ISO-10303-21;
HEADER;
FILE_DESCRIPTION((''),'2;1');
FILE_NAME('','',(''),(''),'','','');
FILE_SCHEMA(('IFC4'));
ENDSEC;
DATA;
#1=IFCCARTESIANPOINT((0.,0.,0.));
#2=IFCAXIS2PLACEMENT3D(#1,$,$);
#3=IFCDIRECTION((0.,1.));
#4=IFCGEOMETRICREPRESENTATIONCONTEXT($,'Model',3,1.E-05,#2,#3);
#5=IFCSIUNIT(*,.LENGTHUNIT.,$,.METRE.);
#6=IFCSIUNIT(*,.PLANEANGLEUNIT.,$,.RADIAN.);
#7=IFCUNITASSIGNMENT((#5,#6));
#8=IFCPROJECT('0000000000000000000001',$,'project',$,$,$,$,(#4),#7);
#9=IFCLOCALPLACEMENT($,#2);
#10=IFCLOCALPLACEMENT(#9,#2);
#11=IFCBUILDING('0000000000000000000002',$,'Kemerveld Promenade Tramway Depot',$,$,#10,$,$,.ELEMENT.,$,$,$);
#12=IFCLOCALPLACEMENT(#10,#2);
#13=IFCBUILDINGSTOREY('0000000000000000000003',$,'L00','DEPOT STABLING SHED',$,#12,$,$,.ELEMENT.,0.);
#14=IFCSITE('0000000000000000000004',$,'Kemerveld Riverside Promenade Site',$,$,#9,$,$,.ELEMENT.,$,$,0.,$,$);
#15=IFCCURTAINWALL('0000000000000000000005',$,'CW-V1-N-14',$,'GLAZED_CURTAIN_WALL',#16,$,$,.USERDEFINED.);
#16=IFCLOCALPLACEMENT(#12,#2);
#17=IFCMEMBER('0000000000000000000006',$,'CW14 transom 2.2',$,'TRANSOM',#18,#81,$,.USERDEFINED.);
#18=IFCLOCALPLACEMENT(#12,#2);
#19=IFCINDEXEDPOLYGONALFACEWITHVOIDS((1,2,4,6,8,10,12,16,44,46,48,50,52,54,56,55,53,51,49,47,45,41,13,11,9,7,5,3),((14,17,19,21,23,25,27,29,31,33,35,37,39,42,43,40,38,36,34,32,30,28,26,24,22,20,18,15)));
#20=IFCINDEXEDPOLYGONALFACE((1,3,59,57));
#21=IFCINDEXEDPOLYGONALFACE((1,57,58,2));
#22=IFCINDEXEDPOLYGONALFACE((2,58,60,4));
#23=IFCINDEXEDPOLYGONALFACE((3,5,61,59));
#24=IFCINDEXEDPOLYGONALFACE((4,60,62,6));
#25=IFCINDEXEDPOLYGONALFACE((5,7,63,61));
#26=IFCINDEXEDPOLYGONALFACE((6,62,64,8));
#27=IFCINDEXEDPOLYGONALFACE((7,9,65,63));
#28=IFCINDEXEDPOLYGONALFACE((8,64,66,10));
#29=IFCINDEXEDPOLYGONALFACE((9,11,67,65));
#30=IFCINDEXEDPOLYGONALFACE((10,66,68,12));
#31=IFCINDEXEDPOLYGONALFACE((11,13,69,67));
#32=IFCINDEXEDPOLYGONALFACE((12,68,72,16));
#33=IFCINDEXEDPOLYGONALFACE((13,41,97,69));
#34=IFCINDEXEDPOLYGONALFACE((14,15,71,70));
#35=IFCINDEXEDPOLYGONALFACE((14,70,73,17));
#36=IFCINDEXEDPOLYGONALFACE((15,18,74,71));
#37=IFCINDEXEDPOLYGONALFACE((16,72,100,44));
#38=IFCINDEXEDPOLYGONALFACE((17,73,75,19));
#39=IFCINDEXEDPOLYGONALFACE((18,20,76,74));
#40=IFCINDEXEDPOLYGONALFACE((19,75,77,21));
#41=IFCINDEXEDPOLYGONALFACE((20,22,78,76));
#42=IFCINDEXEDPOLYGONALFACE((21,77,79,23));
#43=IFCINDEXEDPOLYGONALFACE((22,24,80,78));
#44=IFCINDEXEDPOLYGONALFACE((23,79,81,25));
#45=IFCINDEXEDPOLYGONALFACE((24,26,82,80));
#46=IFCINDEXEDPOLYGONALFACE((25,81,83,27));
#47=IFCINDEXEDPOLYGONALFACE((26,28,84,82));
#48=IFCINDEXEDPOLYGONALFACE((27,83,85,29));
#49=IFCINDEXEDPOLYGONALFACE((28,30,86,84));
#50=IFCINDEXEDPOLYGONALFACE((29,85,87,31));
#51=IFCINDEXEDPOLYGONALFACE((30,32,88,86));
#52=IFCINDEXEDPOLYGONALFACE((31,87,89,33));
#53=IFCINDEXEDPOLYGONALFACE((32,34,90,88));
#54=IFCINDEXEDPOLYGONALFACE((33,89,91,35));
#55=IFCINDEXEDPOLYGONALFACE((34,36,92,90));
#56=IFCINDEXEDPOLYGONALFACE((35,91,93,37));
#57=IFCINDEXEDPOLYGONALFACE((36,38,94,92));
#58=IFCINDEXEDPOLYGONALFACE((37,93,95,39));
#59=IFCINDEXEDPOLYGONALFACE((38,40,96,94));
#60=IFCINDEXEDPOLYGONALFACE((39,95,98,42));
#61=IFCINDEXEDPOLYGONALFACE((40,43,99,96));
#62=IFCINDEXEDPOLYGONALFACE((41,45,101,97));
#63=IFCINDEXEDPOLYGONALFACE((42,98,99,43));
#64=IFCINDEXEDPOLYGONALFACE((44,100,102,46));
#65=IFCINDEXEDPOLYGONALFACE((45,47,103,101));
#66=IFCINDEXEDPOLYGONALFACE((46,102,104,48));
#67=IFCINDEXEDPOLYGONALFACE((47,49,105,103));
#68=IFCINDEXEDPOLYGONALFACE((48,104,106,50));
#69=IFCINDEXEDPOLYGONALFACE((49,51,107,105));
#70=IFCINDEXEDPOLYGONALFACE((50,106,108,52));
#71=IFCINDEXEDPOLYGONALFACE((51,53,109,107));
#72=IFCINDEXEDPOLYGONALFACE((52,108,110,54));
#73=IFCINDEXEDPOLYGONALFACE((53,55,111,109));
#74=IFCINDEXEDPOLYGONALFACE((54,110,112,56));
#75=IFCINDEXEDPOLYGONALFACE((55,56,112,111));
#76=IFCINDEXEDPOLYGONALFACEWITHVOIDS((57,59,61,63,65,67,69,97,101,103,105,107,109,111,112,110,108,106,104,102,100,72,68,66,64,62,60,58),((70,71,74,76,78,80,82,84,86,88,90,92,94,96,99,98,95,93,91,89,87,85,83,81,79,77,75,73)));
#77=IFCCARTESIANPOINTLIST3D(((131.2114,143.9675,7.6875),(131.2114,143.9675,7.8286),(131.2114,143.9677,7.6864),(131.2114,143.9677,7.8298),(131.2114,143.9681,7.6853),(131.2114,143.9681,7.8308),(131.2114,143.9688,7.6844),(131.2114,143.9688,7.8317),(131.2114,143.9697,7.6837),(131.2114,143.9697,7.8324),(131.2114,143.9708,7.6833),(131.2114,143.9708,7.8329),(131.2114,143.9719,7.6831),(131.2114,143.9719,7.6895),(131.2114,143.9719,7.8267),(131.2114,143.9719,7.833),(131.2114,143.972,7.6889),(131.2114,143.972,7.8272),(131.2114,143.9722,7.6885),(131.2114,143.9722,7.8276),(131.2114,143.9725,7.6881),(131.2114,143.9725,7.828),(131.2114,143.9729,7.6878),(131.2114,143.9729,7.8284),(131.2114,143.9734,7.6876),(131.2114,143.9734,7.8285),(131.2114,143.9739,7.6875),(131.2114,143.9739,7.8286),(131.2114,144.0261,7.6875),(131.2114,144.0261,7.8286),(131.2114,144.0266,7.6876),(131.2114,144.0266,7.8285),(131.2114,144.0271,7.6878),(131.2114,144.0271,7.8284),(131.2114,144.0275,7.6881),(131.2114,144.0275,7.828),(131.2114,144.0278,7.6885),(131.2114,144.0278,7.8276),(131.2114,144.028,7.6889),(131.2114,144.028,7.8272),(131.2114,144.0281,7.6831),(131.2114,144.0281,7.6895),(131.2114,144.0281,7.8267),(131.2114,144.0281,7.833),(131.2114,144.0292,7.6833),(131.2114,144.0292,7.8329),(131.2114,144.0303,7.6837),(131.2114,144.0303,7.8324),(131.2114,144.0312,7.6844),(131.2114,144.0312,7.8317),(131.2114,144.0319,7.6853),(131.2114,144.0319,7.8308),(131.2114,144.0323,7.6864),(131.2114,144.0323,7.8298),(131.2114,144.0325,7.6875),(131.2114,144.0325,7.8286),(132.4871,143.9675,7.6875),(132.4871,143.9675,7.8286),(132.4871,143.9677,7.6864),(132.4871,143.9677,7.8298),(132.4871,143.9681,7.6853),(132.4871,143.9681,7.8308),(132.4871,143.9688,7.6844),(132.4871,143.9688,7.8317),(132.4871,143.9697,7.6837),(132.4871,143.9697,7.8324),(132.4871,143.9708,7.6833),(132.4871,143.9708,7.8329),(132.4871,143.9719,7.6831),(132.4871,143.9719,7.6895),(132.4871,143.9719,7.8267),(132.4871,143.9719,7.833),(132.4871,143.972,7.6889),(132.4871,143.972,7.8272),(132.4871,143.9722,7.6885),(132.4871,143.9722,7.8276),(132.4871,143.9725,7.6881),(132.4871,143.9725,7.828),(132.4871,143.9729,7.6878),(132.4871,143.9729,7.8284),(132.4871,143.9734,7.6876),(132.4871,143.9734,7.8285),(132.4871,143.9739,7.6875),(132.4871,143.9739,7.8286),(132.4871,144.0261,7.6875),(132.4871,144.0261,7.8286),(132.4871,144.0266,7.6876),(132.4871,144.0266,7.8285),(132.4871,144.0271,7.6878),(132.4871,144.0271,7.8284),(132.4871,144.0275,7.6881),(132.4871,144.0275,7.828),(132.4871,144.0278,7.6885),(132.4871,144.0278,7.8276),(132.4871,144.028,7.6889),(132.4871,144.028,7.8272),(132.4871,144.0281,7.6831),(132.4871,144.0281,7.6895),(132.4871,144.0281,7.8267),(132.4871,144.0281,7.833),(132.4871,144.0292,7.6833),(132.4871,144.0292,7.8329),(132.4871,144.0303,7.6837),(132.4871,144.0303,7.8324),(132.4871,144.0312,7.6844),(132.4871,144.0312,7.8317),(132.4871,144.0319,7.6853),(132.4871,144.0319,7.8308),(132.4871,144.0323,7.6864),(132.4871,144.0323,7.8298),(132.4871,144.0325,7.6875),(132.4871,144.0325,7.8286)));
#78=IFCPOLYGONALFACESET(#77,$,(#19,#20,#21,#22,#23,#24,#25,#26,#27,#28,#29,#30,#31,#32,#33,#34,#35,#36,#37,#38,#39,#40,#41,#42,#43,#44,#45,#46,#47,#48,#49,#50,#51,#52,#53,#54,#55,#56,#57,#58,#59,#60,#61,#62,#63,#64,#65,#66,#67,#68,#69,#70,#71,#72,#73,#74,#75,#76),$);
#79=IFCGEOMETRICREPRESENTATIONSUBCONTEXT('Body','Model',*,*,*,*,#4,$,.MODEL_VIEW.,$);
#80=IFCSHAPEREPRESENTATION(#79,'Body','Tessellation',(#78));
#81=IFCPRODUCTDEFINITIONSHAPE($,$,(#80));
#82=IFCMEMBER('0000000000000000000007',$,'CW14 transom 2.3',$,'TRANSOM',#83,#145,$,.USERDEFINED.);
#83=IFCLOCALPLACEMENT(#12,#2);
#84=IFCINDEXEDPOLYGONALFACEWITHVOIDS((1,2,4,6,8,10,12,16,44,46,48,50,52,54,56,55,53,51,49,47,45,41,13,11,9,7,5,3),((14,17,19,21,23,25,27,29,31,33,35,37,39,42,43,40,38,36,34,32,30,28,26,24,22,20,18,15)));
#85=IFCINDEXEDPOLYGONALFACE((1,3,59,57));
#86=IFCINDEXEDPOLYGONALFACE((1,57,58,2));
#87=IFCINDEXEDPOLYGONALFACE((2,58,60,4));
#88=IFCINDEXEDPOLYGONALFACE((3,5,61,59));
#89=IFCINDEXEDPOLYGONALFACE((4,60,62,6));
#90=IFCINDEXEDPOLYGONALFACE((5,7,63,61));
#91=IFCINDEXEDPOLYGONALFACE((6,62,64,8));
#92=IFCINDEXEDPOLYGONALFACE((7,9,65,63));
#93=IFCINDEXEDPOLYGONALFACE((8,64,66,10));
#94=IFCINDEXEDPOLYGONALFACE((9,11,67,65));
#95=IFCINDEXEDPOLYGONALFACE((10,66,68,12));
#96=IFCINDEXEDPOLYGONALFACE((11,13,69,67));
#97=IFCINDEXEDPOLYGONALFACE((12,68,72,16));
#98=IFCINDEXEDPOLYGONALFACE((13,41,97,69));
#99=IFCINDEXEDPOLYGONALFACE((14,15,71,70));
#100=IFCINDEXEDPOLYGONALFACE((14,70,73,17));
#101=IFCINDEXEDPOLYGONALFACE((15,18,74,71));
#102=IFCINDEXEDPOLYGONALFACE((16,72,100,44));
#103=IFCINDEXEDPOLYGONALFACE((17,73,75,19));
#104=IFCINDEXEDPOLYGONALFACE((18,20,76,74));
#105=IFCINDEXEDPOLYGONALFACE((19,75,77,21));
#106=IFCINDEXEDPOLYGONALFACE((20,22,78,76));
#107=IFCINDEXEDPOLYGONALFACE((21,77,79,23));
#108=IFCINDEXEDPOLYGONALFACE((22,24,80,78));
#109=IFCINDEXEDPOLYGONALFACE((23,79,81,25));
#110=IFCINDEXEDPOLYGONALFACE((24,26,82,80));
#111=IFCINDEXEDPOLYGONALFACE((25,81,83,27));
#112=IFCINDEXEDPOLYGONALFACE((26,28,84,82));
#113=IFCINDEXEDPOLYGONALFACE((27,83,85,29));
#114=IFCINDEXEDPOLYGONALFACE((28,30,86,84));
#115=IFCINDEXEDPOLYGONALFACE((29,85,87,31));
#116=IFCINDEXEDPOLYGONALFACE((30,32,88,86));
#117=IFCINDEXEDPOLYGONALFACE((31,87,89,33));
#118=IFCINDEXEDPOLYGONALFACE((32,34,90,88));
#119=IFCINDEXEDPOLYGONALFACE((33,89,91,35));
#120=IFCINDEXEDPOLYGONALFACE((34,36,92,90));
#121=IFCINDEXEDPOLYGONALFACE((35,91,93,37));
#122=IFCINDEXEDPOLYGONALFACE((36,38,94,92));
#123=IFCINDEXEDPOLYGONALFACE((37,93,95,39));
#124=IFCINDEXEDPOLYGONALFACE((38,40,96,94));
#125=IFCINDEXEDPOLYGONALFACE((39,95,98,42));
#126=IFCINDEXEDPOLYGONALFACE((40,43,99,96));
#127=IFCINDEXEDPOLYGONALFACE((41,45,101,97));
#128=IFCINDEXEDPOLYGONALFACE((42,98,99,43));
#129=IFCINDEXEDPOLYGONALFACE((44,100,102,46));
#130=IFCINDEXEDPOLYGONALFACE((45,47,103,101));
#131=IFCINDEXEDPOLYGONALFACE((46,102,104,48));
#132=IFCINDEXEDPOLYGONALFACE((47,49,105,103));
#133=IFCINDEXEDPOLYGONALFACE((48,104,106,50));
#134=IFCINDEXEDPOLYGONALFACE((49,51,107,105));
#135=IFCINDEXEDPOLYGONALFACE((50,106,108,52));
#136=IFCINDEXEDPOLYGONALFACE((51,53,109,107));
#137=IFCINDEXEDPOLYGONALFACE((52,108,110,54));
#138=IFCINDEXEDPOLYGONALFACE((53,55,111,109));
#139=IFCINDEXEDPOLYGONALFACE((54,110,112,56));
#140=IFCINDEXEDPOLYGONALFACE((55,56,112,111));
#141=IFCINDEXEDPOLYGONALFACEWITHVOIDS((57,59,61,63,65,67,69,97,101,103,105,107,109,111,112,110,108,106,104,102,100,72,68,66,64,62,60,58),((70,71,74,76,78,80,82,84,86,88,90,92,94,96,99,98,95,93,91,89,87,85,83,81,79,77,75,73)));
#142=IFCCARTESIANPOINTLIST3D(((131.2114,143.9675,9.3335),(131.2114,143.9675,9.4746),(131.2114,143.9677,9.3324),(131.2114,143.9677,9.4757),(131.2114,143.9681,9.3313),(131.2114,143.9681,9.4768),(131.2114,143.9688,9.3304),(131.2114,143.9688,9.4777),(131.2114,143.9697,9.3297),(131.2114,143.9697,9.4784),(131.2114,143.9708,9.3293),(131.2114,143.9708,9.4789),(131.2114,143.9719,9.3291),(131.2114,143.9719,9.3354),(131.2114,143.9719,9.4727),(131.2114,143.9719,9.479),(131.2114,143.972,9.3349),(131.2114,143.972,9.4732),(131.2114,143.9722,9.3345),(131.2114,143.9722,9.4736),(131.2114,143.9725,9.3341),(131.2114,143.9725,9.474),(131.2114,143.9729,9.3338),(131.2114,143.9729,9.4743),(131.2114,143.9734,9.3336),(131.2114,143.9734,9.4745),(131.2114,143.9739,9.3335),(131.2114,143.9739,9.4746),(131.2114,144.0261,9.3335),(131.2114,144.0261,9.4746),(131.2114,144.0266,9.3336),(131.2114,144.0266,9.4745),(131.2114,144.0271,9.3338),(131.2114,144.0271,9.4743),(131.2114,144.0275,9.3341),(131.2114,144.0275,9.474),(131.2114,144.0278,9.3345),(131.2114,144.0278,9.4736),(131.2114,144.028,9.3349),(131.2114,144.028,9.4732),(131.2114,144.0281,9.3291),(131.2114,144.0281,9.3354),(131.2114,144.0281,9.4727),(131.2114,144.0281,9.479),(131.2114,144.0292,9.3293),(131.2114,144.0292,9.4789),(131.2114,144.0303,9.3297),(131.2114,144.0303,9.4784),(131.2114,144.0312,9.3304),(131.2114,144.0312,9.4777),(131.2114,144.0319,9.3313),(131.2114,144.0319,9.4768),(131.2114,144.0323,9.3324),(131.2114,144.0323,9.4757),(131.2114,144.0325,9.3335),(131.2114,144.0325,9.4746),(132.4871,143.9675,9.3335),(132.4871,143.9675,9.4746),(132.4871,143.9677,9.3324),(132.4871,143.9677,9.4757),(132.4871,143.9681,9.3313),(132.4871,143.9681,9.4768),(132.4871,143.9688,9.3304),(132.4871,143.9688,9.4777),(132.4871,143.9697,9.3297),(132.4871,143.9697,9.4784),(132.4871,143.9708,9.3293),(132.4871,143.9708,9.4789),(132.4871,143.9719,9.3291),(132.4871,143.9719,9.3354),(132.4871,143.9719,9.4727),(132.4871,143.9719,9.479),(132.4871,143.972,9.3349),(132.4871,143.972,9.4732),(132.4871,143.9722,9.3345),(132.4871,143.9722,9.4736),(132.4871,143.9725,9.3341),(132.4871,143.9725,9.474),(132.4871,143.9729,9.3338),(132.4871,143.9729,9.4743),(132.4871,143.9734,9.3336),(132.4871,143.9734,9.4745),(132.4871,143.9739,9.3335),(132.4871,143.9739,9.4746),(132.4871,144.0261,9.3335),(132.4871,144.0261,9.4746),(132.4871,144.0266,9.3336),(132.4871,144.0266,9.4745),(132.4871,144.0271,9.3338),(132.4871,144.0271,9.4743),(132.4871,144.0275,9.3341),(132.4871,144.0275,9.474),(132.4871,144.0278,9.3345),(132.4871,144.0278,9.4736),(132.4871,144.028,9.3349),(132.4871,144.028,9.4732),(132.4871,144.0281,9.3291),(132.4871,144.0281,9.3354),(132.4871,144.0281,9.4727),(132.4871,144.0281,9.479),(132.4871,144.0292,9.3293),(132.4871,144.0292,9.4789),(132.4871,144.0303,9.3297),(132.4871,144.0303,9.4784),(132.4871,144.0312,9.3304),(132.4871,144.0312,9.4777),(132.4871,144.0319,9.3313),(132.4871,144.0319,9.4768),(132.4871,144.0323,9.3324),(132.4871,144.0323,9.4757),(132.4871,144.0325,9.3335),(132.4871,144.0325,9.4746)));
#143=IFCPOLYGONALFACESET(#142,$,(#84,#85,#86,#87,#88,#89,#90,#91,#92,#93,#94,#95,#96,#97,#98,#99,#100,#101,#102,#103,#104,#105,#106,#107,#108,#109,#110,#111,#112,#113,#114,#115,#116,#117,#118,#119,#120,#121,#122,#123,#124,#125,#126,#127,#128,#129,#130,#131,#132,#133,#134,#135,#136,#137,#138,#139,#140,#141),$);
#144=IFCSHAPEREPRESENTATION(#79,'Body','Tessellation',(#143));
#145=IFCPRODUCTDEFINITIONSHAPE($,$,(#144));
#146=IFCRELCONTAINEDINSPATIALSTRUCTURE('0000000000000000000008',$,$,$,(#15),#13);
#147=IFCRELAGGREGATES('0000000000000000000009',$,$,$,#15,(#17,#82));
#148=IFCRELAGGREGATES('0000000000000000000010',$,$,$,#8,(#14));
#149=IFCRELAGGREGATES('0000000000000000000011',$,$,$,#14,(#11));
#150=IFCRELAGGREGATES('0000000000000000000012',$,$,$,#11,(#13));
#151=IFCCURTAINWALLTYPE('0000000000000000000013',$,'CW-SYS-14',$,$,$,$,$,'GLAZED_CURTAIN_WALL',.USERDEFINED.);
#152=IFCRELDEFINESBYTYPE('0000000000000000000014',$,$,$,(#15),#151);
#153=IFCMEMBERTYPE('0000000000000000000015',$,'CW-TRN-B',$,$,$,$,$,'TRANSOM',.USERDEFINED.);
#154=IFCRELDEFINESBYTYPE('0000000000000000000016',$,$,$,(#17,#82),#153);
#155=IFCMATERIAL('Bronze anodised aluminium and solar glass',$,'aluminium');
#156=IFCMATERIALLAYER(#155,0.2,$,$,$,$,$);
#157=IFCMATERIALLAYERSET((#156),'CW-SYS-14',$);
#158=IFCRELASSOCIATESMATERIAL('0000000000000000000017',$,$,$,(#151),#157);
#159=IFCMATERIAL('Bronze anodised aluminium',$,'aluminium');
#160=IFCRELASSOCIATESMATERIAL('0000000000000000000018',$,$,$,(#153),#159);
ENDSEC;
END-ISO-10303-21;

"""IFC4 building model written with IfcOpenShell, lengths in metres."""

from ifc_helpers import new_model, si_unit, direction, frame, origin, origin_2d, place, context, subcontext, project, spatial, hollow_rectangle, extrude, material, layer, layer_set, material_profile, profile_set, type_object, element, aggregate, save


model = new_model("IFC4")

# Units and contexts
model_context = context("Model", 3, precision=1e-05, world=origin(), true_north=direction((0.0, 1.0)))
body_context = subcontext(model_context, "Body", "Model", "MODEL_VIEW")
ifc_project = project(units=[si_unit("LENGTHUNIT", "METRE"), si_unit("PLANEANGLEUNIT", "RADIAN")], contexts=[model_context])

# Site, building, storey
site_placement = place(None, origin())
site = spatial("IfcSite", under=ifc_project, at=site_placement, Name="Kemerveld Riverside Promenade Site", CompositionType="ELEMENT", RefElevation=0.0)
building_placement = place(site_placement, origin())
building = spatial("IfcBuilding", under=site, at=building_placement, Name="Kemerveld Promenade Tramway Depot", CompositionType="ELEMENT")
storey_placement = place(building_placement, origin())
storey = spatial("IfcBuildingStorey", under=building, at=storey_placement, Name="L00", Description="DEPOT STABLING SHED", CompositionType="ELEMENT", Elevation=0.0)

# Curtain wall, members
ifc_material_1 = material(Name="Bronze anodised aluminium and solar glass", Category="aluminium")
ifc_layer_1 = layer(ifc_material_1, 0.2)
ifc_layer_set_1 = layer_set([ifc_layer_1], Name="CW-SYS-14")
curtain_wall_type = type_object("IfcCurtainWallType", Name="CW-SYS-14", ElementType="GLAZED_CURTAIN_WALL", PredefinedType="USERDEFINED", material=ifc_layer_set_1)
curtain_wall_placement = place(storey_placement, origin())
curtain_wall = element("IfcCurtainWall", 1, at=curtain_wall_placement, inside=storey, type_object=curtain_wall_type, Name="CW-V1-N-14", ObjectType="GLAZED_CURTAIN_WALL", PredefinedType="USERDEFINED")
ifc_material_2 = material(Name="Bronze anodised aluminium", Category="aluminium")
ifc_material_profile_1 = material_profile(ifc_material_2, hollow_rectangle(XDim=0.0649, YDim=0.1499, WallThickness=0.0044, InnerFilletRadius=0.002, OuterFilletRadius=0.0044, at=origin_2d()), Name="CW-TRN-150x65")
ifc_profile_set_1 = profile_set([ifc_material_profile_1], Name="Bronze anodised aluminium")
member_type_1 = type_object("IfcMemberType", Name="CW-TRN-B", ElementType="TRANSOM", PredefinedType="USERDEFINED", material=ifc_profile_set_1)
member_1_placement = place(storey_placement, frame((131.2114, 144.0, 7.7581), z_axis=(1.0, 0.0, 0.0), x_axis=(0.0, 1.0, 0.0)))
member_1 = element("IfcMember", 2, at=member_1_placement, type_object=member_type_1, Name="CW14 transom 2.2", ObjectType="TRANSOM", PredefinedType="USERDEFINED", context=body_context, shape_type="SweptSolid", body=[
    extrude(hollow_rectangle(XDim=0.0649, YDim=0.1499, WallThickness=0.0044, InnerFilletRadius=0.002, OuterFilletRadius=0.0044, at=origin_2d()), origin(), (0.0, 0.0, 1.0), 1.2756),
])
member_2_placement = place(storey_placement, frame((131.2114, 144.0, 9.4041), z_axis=(1.0, 0.0, 0.0), x_axis=(0.0, 1.0, 0.0)))
member_2 = element("IfcMember", 3, at=member_2_placement, type_object=member_type_1, Name="CW14 transom 2.3", ObjectType="TRANSOM", PredefinedType="USERDEFINED", context=body_context, shape_type="SweptSolid", body=[
    extrude(hollow_rectangle(XDim=0.0649, YDim=0.1499, WallThickness=0.0044, InnerFilletRadius=0.002, OuterFilletRadius=0.0044, at=origin_2d()), origin(), (0.0, 0.0, 1.0), 1.2756),
])

aggregate(curtain_wall, [member_1, member_2])

save(model, "model.ifc")
